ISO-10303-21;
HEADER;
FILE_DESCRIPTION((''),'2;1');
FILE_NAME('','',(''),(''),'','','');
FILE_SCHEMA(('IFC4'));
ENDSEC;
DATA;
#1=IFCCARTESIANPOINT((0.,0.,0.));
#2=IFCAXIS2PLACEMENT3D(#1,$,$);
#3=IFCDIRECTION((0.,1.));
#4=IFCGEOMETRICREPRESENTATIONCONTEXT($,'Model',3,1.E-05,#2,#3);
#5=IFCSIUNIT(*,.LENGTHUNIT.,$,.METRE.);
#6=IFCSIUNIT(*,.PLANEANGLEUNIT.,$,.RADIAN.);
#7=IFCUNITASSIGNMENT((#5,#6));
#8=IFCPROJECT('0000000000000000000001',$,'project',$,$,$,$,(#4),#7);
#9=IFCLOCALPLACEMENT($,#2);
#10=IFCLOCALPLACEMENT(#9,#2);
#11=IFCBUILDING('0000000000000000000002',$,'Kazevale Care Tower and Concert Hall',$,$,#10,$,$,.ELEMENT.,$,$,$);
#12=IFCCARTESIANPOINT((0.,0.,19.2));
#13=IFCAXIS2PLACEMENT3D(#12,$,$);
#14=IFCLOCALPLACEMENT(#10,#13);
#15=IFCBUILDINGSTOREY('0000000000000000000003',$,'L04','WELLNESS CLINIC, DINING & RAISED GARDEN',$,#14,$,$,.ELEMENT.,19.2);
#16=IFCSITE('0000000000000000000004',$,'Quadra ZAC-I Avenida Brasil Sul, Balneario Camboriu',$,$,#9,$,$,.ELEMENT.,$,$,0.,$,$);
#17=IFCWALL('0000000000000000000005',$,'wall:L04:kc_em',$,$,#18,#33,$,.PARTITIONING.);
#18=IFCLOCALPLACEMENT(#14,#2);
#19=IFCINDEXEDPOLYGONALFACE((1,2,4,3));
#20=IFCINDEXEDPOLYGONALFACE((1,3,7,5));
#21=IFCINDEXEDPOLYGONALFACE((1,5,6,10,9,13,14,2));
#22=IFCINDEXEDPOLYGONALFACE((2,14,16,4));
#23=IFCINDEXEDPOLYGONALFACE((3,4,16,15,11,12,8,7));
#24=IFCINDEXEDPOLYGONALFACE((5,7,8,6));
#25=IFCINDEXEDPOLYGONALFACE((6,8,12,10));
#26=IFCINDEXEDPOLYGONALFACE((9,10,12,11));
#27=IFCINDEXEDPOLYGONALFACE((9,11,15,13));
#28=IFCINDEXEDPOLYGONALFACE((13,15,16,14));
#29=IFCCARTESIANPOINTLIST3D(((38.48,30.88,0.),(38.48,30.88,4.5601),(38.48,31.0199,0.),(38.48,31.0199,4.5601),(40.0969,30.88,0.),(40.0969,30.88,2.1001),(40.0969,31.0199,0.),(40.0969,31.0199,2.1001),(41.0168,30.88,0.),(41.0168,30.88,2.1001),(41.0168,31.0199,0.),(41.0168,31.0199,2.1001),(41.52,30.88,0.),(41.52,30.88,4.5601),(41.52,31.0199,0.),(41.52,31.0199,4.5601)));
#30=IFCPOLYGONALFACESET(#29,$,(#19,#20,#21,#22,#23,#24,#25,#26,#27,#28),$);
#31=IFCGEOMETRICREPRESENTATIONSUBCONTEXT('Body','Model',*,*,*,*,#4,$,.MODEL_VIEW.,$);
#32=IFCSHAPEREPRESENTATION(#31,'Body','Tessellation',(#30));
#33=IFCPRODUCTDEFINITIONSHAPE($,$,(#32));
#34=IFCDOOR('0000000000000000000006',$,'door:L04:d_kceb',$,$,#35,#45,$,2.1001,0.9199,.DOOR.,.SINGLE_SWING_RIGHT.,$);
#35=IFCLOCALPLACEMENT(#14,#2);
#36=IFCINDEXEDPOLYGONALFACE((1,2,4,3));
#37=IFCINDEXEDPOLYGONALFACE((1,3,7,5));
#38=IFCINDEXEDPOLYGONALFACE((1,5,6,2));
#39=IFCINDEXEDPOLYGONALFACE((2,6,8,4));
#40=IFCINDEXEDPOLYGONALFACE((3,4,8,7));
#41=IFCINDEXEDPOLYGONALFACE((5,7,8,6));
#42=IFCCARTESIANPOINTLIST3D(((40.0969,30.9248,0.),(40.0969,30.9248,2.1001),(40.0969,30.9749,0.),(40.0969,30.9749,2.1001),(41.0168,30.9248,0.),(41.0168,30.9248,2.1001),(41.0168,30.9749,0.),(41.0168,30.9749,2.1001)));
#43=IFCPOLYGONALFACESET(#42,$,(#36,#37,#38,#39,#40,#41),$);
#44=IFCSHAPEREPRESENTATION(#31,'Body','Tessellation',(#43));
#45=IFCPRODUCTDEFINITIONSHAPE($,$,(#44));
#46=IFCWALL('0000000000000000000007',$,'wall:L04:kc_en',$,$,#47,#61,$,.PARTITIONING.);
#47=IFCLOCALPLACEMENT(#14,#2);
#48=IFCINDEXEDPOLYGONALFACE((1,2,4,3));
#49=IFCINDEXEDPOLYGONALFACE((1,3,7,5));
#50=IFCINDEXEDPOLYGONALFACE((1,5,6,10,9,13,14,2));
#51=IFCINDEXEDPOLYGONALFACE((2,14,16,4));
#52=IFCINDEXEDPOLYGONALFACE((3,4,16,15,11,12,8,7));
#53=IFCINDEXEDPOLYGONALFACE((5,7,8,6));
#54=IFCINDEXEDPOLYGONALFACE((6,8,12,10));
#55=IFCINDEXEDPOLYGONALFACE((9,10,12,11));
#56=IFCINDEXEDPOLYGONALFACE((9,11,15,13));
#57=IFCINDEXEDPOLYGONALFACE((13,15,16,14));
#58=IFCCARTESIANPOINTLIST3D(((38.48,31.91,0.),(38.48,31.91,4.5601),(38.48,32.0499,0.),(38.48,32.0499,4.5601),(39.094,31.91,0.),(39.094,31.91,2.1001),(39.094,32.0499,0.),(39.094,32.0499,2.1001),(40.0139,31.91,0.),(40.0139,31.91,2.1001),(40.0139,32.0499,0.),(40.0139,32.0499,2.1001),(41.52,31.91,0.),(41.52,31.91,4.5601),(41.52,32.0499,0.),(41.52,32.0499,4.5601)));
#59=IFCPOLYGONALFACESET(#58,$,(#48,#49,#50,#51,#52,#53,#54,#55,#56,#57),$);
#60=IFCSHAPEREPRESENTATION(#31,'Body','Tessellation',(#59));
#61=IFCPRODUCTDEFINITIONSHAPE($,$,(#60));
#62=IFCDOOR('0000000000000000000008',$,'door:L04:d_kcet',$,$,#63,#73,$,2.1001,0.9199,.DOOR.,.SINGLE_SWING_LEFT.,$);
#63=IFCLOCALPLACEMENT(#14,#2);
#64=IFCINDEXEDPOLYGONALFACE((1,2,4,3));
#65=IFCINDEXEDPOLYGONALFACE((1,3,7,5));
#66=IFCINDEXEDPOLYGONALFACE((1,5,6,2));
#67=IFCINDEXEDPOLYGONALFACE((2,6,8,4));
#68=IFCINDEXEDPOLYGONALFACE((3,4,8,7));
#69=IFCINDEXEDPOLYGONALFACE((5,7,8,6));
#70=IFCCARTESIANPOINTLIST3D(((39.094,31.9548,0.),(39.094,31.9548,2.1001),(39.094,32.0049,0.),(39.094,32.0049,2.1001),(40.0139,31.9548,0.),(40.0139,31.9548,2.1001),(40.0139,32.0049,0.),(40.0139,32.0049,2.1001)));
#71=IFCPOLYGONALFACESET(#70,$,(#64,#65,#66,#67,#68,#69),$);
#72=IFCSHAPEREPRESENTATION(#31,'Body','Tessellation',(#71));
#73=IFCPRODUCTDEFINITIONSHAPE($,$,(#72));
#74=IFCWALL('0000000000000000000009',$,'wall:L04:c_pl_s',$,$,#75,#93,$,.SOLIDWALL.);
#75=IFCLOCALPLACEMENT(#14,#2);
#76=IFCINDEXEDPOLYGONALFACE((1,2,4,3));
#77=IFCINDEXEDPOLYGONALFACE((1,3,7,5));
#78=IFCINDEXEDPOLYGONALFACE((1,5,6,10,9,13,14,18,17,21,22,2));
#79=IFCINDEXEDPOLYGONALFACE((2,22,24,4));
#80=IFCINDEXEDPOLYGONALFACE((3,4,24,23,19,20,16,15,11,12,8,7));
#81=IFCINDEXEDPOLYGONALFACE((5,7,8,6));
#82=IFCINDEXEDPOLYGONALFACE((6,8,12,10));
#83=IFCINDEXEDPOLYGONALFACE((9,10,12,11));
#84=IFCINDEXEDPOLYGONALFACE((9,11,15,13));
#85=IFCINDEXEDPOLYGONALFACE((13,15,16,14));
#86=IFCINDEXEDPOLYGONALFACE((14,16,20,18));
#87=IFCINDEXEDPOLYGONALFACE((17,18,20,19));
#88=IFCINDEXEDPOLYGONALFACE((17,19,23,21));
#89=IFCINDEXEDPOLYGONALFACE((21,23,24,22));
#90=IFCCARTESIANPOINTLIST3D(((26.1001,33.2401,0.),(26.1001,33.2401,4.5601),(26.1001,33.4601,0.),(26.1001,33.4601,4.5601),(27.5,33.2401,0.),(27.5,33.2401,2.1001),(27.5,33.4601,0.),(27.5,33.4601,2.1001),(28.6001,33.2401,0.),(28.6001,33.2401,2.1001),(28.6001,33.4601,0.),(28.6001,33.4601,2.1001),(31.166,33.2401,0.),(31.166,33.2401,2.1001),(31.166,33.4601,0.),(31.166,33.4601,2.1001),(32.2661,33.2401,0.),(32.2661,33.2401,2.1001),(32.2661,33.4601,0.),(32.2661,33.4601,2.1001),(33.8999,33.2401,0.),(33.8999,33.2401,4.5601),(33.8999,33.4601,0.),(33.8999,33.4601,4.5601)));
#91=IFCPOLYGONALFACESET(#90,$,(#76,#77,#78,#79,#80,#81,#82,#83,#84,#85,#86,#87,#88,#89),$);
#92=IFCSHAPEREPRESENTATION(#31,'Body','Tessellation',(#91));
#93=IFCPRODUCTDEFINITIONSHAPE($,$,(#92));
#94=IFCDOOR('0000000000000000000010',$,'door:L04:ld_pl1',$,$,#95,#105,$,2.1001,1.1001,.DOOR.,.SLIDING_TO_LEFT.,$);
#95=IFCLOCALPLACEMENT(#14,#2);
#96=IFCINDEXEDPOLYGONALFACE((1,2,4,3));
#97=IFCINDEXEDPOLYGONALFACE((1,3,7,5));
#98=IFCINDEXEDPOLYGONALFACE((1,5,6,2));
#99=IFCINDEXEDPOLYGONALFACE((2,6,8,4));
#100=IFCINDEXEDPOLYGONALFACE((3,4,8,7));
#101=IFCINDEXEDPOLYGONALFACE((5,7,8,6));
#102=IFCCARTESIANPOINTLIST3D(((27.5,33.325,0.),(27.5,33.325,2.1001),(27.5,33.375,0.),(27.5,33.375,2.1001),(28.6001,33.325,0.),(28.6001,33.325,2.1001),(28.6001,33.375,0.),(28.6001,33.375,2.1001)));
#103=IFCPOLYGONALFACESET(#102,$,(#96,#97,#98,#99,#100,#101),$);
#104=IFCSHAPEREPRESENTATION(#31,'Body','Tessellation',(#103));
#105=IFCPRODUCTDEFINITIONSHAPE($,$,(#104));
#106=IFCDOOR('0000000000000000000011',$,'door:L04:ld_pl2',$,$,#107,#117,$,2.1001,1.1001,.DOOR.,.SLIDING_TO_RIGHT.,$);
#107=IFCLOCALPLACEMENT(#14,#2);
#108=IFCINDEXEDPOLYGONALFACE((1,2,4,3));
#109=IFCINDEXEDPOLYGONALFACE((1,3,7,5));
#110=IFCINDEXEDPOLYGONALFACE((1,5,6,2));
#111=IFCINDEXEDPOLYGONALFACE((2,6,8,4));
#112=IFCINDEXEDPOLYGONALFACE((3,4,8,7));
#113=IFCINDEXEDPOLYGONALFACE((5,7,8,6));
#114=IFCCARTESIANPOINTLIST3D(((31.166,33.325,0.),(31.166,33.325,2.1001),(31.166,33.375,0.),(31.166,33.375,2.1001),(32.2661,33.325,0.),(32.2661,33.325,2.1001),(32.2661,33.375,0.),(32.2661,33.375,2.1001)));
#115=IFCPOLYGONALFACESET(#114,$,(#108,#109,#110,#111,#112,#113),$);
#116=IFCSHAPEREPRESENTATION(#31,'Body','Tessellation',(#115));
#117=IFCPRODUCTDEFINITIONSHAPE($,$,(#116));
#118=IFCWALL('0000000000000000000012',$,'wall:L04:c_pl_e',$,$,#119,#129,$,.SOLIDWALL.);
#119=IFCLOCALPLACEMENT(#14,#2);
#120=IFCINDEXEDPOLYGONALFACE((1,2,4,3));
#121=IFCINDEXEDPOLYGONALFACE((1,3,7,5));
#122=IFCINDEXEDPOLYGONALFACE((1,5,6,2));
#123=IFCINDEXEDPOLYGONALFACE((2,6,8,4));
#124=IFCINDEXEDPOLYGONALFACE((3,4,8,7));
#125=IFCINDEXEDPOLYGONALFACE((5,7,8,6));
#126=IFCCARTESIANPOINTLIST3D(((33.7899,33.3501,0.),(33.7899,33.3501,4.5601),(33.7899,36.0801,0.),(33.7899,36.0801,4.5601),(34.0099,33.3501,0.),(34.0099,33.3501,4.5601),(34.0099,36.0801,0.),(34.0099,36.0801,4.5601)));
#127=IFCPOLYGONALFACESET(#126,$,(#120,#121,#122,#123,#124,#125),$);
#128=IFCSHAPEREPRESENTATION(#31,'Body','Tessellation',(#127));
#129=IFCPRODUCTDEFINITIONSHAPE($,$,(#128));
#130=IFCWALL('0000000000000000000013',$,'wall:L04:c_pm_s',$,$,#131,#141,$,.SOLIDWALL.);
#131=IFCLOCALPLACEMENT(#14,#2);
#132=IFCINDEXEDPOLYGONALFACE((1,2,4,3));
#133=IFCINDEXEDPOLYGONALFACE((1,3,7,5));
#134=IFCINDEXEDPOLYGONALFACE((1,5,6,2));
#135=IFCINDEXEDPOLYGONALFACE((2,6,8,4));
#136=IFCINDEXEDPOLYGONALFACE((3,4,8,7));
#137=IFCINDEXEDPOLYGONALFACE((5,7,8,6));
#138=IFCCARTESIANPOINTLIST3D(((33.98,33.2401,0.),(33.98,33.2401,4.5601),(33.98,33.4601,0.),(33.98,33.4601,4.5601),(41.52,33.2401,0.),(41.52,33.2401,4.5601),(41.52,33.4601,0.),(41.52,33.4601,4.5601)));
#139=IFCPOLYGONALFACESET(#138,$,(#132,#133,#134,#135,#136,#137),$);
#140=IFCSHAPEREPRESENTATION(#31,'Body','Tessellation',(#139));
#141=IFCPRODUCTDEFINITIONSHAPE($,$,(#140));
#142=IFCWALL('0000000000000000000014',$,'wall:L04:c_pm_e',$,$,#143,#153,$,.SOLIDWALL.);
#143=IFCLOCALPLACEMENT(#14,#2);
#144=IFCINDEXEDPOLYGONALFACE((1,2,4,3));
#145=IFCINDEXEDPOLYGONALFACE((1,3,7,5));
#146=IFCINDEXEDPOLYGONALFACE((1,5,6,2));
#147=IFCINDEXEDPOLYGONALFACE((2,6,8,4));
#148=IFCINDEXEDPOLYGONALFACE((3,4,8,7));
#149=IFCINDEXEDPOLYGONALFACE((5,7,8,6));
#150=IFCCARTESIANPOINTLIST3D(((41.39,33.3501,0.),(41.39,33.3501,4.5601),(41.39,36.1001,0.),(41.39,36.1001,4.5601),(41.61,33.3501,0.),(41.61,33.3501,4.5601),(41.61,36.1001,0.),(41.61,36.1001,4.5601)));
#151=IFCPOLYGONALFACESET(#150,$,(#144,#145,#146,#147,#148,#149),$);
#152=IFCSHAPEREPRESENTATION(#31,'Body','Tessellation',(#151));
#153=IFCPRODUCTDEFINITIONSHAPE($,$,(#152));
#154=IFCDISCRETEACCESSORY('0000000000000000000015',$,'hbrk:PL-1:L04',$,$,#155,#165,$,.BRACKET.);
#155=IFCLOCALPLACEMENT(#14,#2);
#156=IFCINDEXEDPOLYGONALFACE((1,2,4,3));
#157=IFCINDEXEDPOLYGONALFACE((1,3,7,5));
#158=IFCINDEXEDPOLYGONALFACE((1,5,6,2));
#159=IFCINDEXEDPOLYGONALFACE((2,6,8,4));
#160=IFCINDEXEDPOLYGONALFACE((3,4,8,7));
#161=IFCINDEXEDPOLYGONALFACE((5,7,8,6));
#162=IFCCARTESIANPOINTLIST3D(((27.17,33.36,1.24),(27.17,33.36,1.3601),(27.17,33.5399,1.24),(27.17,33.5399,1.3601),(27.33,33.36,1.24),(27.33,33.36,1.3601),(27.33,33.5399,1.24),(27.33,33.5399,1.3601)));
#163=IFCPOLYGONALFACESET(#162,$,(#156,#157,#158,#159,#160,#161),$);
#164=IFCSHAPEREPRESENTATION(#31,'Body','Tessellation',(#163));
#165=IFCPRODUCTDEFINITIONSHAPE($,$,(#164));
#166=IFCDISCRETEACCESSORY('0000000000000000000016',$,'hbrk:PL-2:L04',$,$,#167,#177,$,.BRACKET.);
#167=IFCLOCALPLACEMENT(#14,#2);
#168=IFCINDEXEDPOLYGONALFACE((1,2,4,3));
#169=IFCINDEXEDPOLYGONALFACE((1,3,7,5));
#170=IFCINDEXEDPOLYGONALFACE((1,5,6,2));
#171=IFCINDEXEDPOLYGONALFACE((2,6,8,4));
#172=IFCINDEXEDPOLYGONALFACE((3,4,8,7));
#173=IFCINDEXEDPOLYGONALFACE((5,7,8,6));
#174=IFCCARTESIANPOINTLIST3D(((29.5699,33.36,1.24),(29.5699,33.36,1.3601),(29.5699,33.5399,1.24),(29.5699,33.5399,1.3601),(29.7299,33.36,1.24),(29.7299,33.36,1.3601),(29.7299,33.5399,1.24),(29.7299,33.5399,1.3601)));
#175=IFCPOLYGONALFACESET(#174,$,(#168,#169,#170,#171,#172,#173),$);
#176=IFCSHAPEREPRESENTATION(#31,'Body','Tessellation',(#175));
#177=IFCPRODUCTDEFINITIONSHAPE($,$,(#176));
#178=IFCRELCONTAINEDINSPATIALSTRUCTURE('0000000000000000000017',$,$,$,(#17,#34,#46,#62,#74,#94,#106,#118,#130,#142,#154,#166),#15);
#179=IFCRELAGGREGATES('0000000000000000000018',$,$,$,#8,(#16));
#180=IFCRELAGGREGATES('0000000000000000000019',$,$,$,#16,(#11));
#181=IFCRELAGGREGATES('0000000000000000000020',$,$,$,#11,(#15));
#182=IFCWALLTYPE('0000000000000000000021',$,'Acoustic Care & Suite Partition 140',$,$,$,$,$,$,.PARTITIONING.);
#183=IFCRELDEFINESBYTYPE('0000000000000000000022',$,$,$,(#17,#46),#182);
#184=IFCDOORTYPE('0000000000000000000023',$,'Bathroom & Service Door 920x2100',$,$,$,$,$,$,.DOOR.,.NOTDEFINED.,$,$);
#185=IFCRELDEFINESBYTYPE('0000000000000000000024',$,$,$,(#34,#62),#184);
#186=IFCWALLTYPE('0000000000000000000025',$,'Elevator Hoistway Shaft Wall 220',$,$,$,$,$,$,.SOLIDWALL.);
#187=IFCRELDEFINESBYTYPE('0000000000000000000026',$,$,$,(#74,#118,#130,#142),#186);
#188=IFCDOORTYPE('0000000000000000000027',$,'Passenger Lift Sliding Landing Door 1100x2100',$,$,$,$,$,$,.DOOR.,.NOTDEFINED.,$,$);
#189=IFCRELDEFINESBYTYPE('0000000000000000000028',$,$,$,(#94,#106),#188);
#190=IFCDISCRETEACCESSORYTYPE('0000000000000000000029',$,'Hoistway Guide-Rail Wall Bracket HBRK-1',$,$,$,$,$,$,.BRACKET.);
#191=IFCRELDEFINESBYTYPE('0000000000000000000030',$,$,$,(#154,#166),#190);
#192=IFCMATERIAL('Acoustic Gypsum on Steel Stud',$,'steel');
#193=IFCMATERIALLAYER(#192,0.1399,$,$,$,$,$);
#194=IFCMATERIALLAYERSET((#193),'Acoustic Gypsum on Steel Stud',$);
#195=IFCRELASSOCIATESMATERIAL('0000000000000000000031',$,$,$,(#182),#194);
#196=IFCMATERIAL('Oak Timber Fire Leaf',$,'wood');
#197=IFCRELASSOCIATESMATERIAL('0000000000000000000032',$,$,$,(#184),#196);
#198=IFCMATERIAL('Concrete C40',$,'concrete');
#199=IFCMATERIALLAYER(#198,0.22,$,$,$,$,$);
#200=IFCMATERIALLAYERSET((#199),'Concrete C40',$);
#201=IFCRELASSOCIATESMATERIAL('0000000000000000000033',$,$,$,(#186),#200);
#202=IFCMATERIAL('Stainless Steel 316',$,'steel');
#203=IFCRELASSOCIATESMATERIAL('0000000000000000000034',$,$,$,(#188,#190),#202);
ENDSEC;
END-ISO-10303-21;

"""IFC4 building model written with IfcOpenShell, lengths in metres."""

from ifc_helpers import new_model, si_unit, direction, frame, frame_2d, origin, origin_2d, place, context, subcontext, project, spatial, rectangle, extrude, material, layer, layer_set, type_object, element, fill, save


model = new_model("IFC4")

# Units and contexts
model_context = context("Model", 3, precision=1e-05, world=origin(), true_north=direction((0.0, 1.0)))
body_context = subcontext(model_context, "Body", "Model", "MODEL_VIEW")
ifc_project = project(units=[si_unit("LENGTHUNIT", "METRE"), si_unit("PLANEANGLEUNIT", "RADIAN")], contexts=[model_context])

# Site, building, storey
site_placement = place(None, origin())
site = spatial("IfcSite", under=ifc_project, at=site_placement, Name="Quadra ZAC-I Avenida Brasil Sul, Balneario Camboriu", CompositionType="ELEMENT", RefElevation=0.0)
building_placement = place(site_placement, origin())
building = spatial("IfcBuilding", under=site, at=building_placement, Name="Kazevale Care Tower and Concert Hall", CompositionType="ELEMENT")
storey_placement = place(building_placement, frame((0.0, 0.0, 19.2)))
storey = spatial("IfcBuildingStorey", under=building, at=storey_placement, Name="L04", Description="WELLNESS CLINIC, DINING & RAISED GARDEN", CompositionType="ELEMENT", Elevation=19.2)

# Walls, openings, doors
ifc_material_1 = material(Name="Acoustic Gypsum on Steel Stud", Category="steel")
ifc_layer_1 = layer(ifc_material_1, 0.1399)
ifc_layer_set_1 = layer_set([ifc_layer_1], Name="Acoustic Gypsum on Steel Stud")
wall_type_1 = type_object("IfcWallType", Name="Acoustic Care & Suite Partition 140", PredefinedType="PARTITIONING", material=ifc_layer_set_1)
wall_1_placement = place(storey_placement, frame((38.48, 30.95, 0.0), z_axis=(0.0, 0.0, 1.0), x_axis=(1.0, 0.0, 0.0)))
wall_1 = element("IfcWall", 1, at=wall_1_placement, inside=storey, type_object=wall_type_1, Name="wall:L04:kc_em", PredefinedType="PARTITIONING", context=body_context, shape_type="SweptSolid", body=[
    extrude(rectangle(XDim=3.04, YDim=0.1399, at=frame_2d((1.52, 0.0))), origin(), (0.0, 0.0, 1.0), 4.5601),
])
opening_1_placement = place(wall_1_placement, frame((1.6169, 0.0, 0.0)))
opening_1 = element("IfcOpeningElement", 2, at=opening_1_placement, cuts=wall_1, PredefinedType="OPENING", context=body_context, shape_type="SweptSolid", body=[
    extrude(rectangle(XDim=0.9199, YDim=2.1001, at=frame_2d((0.46, 1.05))), frame((0.0, 0.0798, 0.0), z_axis=(0.0, -1.0, 0.0), x_axis=(1.0, 0.0, 0.0)), (0.0, 0.0, 1.0), 0.1599),
])
ifc_material_2 = material(Name="Oak Timber Fire Leaf", Category="wood")
door_type_1 = type_object("IfcDoorType", Name="Bathroom & Service Door 920x2100", OperationType="NOTDEFINED", PredefinedType="DOOR", material=ifc_material_2)
door_1_placement = place(opening_1_placement, origin())
door_1 = element("IfcDoor", 3, at=door_1_placement, inside=storey, type_object=door_type_1, Name="door:L04:d_kceb", OperationType="SINGLE_SWING_RIGHT", OverallHeight=2.1001, OverallWidth=0.9199, PredefinedType="DOOR", context=body_context, shape_type="SweptSolid", body=[
    extrude(rectangle(XDim=0.9199, YDim=2.1001, at=frame_2d((0.46, 1.05))), frame((0.0, 0.0249, 0.0), z_axis=(0.0, -1.0, 0.0), x_axis=(1.0, 0.0, 0.0)), (0.0, 0.0, 1.0), 0.05),
])
fill(opening_1, door_1)
wall_2_placement = place(storey_placement, frame((38.48, 31.98, 0.0), z_axis=(0.0, 0.0, 1.0), x_axis=(1.0, 0.0, 0.0)))
wall_2 = element("IfcWall", 4, at=wall_2_placement, inside=storey, type_object=wall_type_1, Name="wall:L04:kc_en", PredefinedType="PARTITIONING", context=body_context, shape_type="SweptSolid", body=[
    extrude(rectangle(XDim=3.04, YDim=0.1399, at=frame_2d((1.52, 0.0))), origin(), (0.0, 0.0, 1.0), 4.5601),
])
opening_2_placement = place(wall_2_placement, frame((0.614, 0.0, 0.0)))
opening_2 = element("IfcOpeningElement", 5, at=opening_2_placement, cuts=wall_2, PredefinedType="OPENING", context=body_context, shape_type="SweptSolid", body=[
    extrude(rectangle(XDim=0.9199, YDim=2.1001, at=frame_2d((0.46, 1.05))), frame((0.0, 0.0798, 0.0), z_axis=(0.0, -1.0, 0.0), x_axis=(1.0, 0.0, 0.0)), (0.0, 0.0, 1.0), 0.1599),
])
door_2_placement = place(opening_2_placement, origin())
door_2 = element("IfcDoor", 6, at=door_2_placement, inside=storey, type_object=door_type_1, Name="door:L04:d_kcet", OperationType="SINGLE_SWING_LEFT", OverallHeight=2.1001, OverallWidth=0.9199, PredefinedType="DOOR", context=body_context, shape_type="SweptSolid", body=[
    extrude(rectangle(XDim=0.9199, YDim=2.1001, at=frame_2d((0.46, 1.05))), frame((0.0, 0.0249, 0.0), z_axis=(0.0, -1.0, 0.0), x_axis=(1.0, 0.0, 0.0)), (0.0, 0.0, 1.0), 0.05),
])
fill(opening_2, door_2)

# Wall, openings, doors
ifc_material_3 = material(Name="Concrete C40", Category="concrete")
ifc_layer_2 = layer(ifc_material_3, 0.22)
ifc_layer_set_2 = layer_set([ifc_layer_2], Name="Concrete C40")
wall_type_2 = type_object("IfcWallType", Name="Elevator Hoistway Shaft Wall 220", PredefinedType="SOLIDWALL", material=ifc_layer_set_2)
wall_3_placement = place(storey_placement, frame((26.1001, 33.3501, 0.0), z_axis=(0.0, 0.0, 1.0), x_axis=(1.0, 0.0, 0.0)))
wall_3 = element("IfcWall", 7, at=wall_3_placement, inside=storey, type_object=wall_type_2, Name="wall:L04:c_pl_s", PredefinedType="SOLIDWALL", context=body_context, shape_type="SweptSolid", body=[
    extrude(rectangle(XDim=7.7998, YDim=0.22, at=frame_2d((3.8999, 0.0))), origin(), (0.0, 0.0, 1.0), 4.5601),
])
opening_3_placement = place(wall_3_placement, frame((1.3999, 0.0, 0.0)))
opening_3 = element("IfcOpeningElement", 8, at=opening_3_placement, cuts=wall_3, PredefinedType="OPENING", context=body_context, shape_type="SweptSolid", body=[
    extrude(rectangle(XDim=1.1001, YDim=2.1001, at=frame_2d((0.55, 1.05))), frame((0.0, 0.1199, 0.0), z_axis=(0.0, -1.0, 0.0), x_axis=(1.0, 0.0, 0.0)), (0.0, 0.0, 1.0), 0.24),
])
opening_4_placement = place(wall_3_placement, frame((5.0659, 0.0, 0.0)))
opening_4 = element("IfcOpeningElement", 9, at=opening_4_placement, cuts=wall_3, PredefinedType="OPENING", context=body_context, shape_type="SweptSolid", body=[
    extrude(rectangle(XDim=1.1001, YDim=2.1001, at=frame_2d((0.55, 1.05))), frame((0.0, 0.1199, 0.0), z_axis=(0.0, -1.0, 0.0), x_axis=(1.0, 0.0, 0.0)), (0.0, 0.0, 1.0), 0.24),
])
ifc_material_4 = material(Name="Stainless Steel 316", Category="steel")
door_type_2 = type_object("IfcDoorType", Name="Passenger Lift Sliding Landing Door 1100x2100", OperationType="NOTDEFINED", PredefinedType="DOOR", material=ifc_material_4)
door_3_placement = place(opening_3_placement, origin())
door_3 = element("IfcDoor", 10, at=door_3_placement, inside=storey, type_object=door_type_2, Name="door:L04:ld_pl1", OperationType="SLIDING_TO_LEFT", OverallHeight=2.1001, OverallWidth=1.1001, PredefinedType="DOOR", context=body_context, shape_type="SweptSolid", body=[
    extrude(rectangle(XDim=1.1001, YDim=2.1001, at=frame_2d((0.55, 1.05))), frame((0.0, 0.0249, 0.0), z_axis=(0.0, -1.0, 0.0), x_axis=(1.0, 0.0, 0.0)), (0.0, 0.0, 1.0), 0.05),
])
fill(opening_3, door_3)
door_4_placement = place(opening_4_placement, origin())
door_4 = element("IfcDoor", 11, at=door_4_placement, inside=storey, type_object=door_type_2, Name="door:L04:ld_pl2", OperationType="SLIDING_TO_RIGHT", OverallHeight=2.1001, OverallWidth=1.1001, PredefinedType="DOOR", context=body_context, shape_type="SweptSolid", body=[
    extrude(rectangle(XDim=1.1001, YDim=2.1001, at=frame_2d((0.55, 1.05))), frame((0.0, 0.0249, 0.0), z_axis=(0.0, -1.0, 0.0), x_axis=(1.0, 0.0, 0.0)), (0.0, 0.0, 1.0), 0.05),
])
fill(opening_4, door_4)

# Walls
wall_4_placement = place(storey_placement, frame((33.8999, 33.3501, 0.0), z_axis=(0.0, 0.0, 1.0), x_axis=(0.0, 1.0, 0.0)))
element("IfcWall", 12, at=wall_4_placement, inside=storey, type_object=wall_type_2, Name="wall:L04:c_pl_e", PredefinedType="SOLIDWALL", context=body_context, shape_type="SweptSolid", body=[
    extrude(rectangle(XDim=2.73, YDim=0.22, at=frame_2d((1.365, 0.0))), origin(), (0.0, 0.0, 1.0), 4.5601),
])
wall_5_placement = place(storey_placement, frame((33.98, 33.3501, 0.0), z_axis=(0.0, 0.0, 1.0), x_axis=(1.0, 0.0, 0.0)))
element("IfcWall", 13, at=wall_5_placement, inside=storey, type_object=wall_type_2, Name="wall:L04:c_pm_s", PredefinedType="SOLIDWALL", context=body_context, shape_type="SweptSolid", body=[
    extrude(rectangle(XDim=7.54, YDim=0.22, at=frame_2d((3.77, 0.0))), origin(), (0.0, 0.0, 1.0), 4.5601),
])
wall_6_placement = place(storey_placement, frame((41.5, 33.3501, 0.0), z_axis=(0.0, 0.0, 1.0), x_axis=(0.0, 1.0, 0.0)))
element("IfcWall", 14, at=wall_6_placement, inside=storey, type_object=wall_type_2, Name="wall:L04:c_pm_e", PredefinedType="SOLIDWALL", context=body_context, shape_type="SweptSolid", body=[
    extrude(rectangle(XDim=2.75, YDim=0.22, at=frame_2d((1.375, 0.0))), origin(), (0.0, 0.0, 1.0), 4.5601),
])

# Discrete accessories
discrete_accessory_type = type_object("IfcDiscreteAccessoryType", Name="Hoistway Guide-Rail Wall Bracket HBRK-1", PredefinedType="BRACKET", material=ifc_material_4)
for number, where, z_axis, x_axis, name in (
    (15, (27.25, 33.45, 1.24), (0.0, 0.0, 1.0), (1.0, 0.0, 0.0), "hbrk:PL-1:L04"),
    (16, (29.6499, 33.45, 1.24), (0.0, 0.0, 1.0), (1.0, 0.0, 0.0), "hbrk:PL-2:L04"),
):
    element("IfcDiscreteAccessory", number, at=place(storey_placement, frame(where, z_axis=z_axis, x_axis=x_axis)), inside=storey, type_object=discrete_accessory_type, Name=name, PredefinedType="BRACKET", context=body_context, shape_type="SweptSolid", body=[
        extrude(rectangle(XDim=0.1599, YDim=0.1799, at=origin_2d()), origin(), (0.0, 0.0, 1.0), 0.1201),
    ])

save(model, "model.ifc")
